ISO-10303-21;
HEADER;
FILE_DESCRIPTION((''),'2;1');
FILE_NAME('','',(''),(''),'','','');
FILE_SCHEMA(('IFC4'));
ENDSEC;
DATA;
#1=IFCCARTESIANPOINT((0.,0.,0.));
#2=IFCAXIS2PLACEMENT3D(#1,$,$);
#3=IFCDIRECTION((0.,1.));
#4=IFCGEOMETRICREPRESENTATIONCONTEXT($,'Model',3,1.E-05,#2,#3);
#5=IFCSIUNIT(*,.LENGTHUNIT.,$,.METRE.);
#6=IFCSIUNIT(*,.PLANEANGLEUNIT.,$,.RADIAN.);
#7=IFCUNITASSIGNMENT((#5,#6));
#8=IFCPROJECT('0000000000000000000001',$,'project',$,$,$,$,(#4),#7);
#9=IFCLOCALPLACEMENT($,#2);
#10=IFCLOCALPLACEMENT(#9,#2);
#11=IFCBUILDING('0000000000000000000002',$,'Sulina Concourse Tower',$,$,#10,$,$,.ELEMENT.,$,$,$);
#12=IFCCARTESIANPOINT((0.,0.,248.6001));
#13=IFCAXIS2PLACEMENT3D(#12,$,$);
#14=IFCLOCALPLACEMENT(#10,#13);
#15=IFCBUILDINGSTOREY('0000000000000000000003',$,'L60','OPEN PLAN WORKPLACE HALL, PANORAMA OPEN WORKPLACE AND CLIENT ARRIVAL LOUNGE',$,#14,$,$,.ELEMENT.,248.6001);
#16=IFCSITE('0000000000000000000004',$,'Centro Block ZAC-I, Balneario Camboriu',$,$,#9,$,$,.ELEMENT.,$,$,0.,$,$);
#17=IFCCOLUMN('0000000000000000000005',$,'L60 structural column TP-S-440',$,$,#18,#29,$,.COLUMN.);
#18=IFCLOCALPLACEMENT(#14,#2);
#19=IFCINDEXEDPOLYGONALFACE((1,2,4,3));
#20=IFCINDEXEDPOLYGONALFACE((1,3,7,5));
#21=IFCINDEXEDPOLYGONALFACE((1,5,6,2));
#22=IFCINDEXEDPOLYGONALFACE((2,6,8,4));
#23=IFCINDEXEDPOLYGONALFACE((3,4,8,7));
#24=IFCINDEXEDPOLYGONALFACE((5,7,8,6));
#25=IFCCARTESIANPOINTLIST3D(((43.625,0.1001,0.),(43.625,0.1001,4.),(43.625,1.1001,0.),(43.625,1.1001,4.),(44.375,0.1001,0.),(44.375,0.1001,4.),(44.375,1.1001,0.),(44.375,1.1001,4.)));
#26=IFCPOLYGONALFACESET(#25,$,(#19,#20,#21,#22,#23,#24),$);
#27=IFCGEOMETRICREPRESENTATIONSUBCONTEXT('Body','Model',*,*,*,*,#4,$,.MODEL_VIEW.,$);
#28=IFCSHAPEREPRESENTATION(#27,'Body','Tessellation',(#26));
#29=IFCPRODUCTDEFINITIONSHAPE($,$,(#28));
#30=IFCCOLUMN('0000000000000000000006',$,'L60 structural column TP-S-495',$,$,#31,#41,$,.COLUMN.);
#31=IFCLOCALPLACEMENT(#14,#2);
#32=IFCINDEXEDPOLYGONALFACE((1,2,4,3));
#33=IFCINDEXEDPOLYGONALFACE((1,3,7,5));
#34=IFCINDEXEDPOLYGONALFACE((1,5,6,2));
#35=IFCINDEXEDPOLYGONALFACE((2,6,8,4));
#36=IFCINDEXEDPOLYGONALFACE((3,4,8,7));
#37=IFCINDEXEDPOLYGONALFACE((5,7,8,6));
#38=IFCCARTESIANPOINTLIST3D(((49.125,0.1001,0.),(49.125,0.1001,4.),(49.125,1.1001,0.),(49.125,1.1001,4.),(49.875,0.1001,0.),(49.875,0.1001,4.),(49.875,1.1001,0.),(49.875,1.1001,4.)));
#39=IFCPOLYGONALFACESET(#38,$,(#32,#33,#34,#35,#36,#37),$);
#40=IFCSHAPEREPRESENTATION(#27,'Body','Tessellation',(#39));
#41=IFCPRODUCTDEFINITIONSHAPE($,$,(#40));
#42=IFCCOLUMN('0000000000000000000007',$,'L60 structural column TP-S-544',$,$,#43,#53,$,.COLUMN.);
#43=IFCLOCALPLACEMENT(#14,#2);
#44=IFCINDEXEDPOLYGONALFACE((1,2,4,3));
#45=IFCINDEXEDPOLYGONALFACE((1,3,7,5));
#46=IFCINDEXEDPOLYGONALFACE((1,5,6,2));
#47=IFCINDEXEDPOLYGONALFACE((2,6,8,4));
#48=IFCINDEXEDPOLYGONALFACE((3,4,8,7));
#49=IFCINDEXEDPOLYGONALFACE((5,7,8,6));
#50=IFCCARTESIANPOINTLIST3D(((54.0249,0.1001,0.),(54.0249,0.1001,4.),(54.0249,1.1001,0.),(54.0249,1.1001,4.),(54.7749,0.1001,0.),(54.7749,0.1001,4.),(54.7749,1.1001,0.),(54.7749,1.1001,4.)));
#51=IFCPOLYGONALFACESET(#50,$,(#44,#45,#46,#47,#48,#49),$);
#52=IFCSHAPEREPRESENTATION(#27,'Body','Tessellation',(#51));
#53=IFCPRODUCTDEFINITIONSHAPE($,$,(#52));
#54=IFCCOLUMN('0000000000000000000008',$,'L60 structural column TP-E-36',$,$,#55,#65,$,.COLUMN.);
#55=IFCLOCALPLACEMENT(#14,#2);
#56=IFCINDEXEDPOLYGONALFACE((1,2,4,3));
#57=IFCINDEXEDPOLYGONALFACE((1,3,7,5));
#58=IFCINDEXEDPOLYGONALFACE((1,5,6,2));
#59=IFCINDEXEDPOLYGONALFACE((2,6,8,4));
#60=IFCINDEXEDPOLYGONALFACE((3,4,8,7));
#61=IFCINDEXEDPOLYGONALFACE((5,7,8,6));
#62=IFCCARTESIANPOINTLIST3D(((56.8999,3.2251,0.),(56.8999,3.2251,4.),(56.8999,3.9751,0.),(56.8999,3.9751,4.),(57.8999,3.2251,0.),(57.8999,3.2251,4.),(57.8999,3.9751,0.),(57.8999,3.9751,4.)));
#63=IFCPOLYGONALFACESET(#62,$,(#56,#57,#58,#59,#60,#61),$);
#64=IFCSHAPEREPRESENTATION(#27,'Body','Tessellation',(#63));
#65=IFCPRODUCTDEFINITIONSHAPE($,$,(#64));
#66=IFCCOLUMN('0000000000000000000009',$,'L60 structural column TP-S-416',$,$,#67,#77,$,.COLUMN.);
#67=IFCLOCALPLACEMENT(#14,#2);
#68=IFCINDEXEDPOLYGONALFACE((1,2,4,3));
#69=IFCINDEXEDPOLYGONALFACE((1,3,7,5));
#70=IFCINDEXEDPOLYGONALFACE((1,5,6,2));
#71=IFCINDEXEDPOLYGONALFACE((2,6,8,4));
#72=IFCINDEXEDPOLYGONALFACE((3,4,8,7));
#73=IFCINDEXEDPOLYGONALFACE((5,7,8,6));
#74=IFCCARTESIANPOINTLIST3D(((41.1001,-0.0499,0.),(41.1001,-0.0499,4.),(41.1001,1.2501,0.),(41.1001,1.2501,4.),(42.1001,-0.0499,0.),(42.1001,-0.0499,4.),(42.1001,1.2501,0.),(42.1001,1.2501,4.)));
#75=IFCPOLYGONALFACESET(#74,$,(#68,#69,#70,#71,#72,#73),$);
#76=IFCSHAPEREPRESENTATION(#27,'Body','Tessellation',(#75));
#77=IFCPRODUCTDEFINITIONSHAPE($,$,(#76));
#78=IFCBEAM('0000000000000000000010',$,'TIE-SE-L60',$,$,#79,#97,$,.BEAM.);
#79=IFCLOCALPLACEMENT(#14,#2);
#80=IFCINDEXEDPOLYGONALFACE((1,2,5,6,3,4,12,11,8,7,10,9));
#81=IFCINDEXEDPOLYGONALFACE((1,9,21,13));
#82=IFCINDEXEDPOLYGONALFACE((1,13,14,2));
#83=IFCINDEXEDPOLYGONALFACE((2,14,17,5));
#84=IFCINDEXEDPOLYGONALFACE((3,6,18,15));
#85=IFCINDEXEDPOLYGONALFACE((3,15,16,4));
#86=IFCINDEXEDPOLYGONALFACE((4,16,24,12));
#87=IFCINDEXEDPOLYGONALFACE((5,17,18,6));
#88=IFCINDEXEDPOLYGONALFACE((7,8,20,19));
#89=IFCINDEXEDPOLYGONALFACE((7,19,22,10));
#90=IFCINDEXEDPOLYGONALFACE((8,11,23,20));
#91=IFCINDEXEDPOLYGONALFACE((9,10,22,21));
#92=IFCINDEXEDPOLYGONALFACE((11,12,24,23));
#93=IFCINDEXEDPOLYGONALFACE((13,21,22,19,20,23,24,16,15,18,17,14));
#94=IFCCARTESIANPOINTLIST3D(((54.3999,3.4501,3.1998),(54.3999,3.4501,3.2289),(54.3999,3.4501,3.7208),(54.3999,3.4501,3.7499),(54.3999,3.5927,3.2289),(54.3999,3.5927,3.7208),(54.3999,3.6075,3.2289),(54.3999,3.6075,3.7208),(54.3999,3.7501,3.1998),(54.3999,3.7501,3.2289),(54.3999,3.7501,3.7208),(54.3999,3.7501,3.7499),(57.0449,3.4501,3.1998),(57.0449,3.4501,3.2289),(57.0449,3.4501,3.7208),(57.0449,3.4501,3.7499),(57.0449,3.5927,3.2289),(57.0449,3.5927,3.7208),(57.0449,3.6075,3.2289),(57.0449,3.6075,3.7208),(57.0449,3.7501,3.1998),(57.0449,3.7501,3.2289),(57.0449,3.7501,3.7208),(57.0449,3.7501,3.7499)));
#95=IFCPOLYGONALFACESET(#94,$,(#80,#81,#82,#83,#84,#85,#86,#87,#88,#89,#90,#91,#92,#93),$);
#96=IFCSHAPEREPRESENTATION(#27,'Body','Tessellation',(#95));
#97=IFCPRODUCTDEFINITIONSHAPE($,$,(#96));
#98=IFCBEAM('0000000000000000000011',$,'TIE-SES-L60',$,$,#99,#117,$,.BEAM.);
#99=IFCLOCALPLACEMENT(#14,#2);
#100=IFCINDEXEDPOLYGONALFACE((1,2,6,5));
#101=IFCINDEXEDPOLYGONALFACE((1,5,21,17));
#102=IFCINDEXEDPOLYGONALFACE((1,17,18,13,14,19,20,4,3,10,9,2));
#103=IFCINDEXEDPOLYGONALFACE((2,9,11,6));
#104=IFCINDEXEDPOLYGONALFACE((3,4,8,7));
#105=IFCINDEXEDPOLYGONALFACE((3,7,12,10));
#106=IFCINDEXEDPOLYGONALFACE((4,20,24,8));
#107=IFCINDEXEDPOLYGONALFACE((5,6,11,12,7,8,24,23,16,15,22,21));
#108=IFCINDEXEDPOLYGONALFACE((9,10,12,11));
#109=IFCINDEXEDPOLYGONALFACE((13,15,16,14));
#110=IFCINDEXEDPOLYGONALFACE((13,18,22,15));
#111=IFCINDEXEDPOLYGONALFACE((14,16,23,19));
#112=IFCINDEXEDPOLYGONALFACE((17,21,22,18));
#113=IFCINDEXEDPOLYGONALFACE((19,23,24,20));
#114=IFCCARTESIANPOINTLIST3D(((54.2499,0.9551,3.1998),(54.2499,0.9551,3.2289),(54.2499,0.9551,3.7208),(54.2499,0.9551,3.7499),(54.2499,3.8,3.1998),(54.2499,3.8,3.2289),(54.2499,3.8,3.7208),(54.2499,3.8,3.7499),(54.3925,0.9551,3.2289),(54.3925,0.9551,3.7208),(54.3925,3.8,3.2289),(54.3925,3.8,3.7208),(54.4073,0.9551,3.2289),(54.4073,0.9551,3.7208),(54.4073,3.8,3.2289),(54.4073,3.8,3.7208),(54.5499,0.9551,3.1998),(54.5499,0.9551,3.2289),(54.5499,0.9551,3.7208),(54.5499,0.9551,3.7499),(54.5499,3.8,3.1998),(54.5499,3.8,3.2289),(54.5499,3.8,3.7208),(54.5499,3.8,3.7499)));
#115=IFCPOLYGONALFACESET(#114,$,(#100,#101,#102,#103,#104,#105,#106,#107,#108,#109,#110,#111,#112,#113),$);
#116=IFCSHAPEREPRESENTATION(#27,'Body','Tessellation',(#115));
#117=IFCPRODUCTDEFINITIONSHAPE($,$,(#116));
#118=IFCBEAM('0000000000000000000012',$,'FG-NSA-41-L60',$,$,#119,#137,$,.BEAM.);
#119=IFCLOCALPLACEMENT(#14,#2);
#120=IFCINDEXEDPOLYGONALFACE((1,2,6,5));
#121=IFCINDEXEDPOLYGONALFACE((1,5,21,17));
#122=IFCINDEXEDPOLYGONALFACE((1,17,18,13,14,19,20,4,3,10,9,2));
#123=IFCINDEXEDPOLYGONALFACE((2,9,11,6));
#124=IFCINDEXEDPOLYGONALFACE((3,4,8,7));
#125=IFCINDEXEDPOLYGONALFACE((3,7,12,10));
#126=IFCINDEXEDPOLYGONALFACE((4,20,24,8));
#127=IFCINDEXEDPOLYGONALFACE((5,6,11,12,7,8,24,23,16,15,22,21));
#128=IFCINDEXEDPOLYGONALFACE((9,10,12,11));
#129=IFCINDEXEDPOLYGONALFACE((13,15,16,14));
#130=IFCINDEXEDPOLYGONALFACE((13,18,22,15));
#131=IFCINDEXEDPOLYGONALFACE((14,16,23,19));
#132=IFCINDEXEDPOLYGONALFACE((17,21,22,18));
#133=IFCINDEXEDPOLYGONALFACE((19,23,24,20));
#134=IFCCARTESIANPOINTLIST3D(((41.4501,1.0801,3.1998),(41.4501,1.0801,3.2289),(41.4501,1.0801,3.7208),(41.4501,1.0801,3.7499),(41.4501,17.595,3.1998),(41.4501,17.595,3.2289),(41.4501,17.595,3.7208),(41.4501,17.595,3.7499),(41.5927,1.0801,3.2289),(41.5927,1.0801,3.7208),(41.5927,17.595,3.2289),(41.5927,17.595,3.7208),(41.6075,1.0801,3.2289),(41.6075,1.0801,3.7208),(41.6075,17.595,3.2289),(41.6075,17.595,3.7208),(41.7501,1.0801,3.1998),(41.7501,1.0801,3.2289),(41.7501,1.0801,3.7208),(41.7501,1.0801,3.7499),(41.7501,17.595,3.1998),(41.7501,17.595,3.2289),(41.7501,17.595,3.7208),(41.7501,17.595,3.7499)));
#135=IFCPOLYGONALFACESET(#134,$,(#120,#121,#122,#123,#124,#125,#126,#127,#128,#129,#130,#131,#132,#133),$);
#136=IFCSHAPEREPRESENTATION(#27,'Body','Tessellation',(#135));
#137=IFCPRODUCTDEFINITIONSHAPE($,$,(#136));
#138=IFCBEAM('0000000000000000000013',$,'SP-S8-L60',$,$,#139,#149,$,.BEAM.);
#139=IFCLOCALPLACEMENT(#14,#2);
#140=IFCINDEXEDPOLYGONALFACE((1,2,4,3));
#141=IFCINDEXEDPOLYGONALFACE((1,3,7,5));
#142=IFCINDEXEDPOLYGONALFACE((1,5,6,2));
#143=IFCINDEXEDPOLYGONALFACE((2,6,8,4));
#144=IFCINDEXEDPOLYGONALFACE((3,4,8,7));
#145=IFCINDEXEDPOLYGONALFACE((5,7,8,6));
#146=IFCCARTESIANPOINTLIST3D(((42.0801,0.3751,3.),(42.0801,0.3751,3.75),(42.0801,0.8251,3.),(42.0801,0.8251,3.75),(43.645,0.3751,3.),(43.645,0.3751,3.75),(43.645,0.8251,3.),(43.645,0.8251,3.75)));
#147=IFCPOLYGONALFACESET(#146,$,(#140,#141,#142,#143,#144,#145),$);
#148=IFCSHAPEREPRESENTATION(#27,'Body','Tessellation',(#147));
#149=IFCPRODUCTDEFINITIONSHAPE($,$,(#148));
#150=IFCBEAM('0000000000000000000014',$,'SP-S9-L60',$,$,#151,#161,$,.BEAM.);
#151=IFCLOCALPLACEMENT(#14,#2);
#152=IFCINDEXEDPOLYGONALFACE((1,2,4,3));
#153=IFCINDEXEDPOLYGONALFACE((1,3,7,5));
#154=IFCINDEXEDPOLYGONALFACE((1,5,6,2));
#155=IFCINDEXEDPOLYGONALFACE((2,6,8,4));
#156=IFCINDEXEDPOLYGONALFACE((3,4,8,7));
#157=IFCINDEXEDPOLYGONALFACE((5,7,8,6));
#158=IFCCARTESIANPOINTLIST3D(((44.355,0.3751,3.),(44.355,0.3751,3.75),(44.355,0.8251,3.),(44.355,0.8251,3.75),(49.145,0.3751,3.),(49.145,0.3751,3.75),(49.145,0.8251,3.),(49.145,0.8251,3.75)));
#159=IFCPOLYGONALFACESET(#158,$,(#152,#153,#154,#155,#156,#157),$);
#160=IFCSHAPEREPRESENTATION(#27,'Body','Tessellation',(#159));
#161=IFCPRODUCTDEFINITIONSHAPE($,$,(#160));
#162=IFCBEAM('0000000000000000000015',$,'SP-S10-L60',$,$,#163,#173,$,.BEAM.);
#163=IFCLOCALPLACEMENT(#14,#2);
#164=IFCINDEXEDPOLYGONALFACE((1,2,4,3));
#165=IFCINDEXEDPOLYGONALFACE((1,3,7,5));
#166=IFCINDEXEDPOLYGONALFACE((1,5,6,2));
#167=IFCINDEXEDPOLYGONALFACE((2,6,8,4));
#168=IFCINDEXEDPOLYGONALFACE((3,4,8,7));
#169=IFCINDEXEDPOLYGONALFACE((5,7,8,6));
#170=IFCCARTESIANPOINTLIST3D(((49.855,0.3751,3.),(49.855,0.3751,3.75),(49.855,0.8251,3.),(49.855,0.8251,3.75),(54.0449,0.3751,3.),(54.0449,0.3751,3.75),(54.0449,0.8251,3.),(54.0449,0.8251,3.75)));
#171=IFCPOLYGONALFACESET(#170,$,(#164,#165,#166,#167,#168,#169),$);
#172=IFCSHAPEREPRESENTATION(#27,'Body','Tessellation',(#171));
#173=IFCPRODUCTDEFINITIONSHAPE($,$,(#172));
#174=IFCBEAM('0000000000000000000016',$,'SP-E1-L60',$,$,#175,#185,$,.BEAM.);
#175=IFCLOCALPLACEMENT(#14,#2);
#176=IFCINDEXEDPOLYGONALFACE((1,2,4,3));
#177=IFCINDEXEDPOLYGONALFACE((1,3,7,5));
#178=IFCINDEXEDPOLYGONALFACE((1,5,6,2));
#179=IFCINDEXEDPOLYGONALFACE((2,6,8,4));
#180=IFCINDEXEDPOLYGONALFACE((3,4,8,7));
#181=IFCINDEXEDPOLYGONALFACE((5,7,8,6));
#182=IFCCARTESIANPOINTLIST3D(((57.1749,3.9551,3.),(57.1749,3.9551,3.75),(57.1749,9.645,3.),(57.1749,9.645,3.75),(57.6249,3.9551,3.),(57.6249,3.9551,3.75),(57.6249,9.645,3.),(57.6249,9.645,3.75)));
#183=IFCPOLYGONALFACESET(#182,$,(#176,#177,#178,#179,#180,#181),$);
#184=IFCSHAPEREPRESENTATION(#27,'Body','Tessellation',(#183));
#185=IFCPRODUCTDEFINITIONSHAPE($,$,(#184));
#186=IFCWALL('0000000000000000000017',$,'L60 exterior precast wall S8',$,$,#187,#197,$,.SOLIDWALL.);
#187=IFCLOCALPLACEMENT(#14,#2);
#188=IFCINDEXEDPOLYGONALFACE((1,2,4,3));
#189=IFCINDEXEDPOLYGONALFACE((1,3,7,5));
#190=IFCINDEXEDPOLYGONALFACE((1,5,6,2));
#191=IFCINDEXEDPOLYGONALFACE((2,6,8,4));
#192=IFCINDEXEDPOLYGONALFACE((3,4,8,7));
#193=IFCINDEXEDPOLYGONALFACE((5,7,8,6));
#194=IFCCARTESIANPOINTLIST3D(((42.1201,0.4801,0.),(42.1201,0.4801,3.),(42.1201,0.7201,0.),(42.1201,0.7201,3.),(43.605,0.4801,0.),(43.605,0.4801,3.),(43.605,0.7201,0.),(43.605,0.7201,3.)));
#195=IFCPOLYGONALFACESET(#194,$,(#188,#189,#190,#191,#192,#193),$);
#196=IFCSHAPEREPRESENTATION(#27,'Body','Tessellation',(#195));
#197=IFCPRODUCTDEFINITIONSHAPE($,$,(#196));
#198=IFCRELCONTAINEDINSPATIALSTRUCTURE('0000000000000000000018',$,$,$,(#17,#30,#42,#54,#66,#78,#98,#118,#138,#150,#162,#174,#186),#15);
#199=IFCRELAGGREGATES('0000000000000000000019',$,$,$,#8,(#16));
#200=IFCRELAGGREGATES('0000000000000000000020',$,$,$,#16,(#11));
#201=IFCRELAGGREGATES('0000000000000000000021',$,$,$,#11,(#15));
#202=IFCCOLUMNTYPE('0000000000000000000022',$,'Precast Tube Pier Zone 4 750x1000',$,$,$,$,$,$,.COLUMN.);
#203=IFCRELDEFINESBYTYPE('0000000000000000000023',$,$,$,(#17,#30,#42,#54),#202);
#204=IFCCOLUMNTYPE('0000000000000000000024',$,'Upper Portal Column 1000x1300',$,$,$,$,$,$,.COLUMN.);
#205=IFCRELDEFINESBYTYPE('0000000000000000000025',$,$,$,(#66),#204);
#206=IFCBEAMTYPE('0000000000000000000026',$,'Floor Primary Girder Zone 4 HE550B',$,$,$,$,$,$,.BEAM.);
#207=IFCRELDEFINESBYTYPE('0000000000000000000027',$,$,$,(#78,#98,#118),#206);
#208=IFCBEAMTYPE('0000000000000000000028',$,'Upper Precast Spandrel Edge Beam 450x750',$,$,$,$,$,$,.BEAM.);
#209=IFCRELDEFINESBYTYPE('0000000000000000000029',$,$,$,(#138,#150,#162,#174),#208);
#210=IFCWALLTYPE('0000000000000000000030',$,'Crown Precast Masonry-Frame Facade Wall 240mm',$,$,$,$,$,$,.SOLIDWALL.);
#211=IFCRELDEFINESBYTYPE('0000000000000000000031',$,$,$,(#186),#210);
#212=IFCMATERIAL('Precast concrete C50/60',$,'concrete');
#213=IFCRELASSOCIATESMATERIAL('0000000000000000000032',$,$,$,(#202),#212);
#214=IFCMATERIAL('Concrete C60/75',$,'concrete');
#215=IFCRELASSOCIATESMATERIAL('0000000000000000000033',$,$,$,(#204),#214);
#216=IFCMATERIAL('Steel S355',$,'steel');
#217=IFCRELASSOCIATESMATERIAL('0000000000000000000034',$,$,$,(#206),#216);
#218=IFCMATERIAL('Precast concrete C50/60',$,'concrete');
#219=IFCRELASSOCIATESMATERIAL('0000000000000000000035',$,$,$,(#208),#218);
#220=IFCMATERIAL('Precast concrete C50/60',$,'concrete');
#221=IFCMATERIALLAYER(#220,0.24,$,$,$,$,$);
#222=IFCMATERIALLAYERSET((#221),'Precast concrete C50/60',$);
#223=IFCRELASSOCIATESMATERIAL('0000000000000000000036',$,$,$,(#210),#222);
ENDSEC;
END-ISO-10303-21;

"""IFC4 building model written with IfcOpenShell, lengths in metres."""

from ifc_helpers import new_model, si_unit, direction, frame, frame_2d, origin, origin_2d, place, context, subcontext, project, spatial, rectangle, i_section, extrude, material, layer, layer_set, material_profile, profile_set, type_object, element, save


model = new_model("IFC4")

# Units and contexts
model_context = context("Model", 3, precision=1e-05, world=origin(), true_north=direction((0.0, 1.0)))
body_context = subcontext(model_context, "Body", "Model", "MODEL_VIEW")
ifc_project = project(units=[si_unit("LENGTHUNIT", "METRE"), si_unit("PLANEANGLEUNIT", "RADIAN")], contexts=[model_context])

# Site, building, storey
site_placement = place(None, origin())
site = spatial("IfcSite", under=ifc_project, at=site_placement, Name="Centro Block ZAC-I, Balneario Camboriu", CompositionType="ELEMENT", RefElevation=0.0)
building_placement = place(site_placement, origin())
building = spatial("IfcBuilding", under=site, at=building_placement, Name="Sulina Concourse Tower", CompositionType="ELEMENT")
storey_placement = place(building_placement, frame((0.0, 0.0, 248.6001)))
storey = spatial("IfcBuildingStorey", under=building, at=storey_placement, Name="L60", Description="OPEN PLAN WORKPLACE HALL, PANORAMA OPEN WORKPLACE AND CLIENT ARRIVAL LOUNGE", CompositionType="ELEMENT", Elevation=248.6001)

# Columns
ifc_material_1 = material(Name="Precast concrete C50/60", Category="concrete")
ifc_material_profile_1 = material_profile(ifc_material_1, rectangle(XDim=0.75, YDim=1.0, at=origin_2d()), Name="PC 750x1000")
ifc_profile_set_1 = profile_set([ifc_material_profile_1], Name="Precast concrete C50/60")
column_type_1 = type_object("IfcColumnType", Name="Precast Tube Pier Zone 4 750x1000", PredefinedType="COLUMN", material=ifc_profile_set_1)
for number, where, z_axis, x_axis, name in (
    (1, (44.0, 0.6001, 0.0), (0.0, 0.0, 1.0), (1.0, 0.0, 0.0), "L60 structural column TP-S-440"),
    (2, (49.5, 0.6001, 0.0), (0.0, 0.0, 1.0), (1.0, 0.0, 0.0), "L60 structural column TP-S-495"),
    (3, (54.3999, 0.6001, 0.0), (0.0, 0.0, 1.0), (1.0, 0.0, 0.0), "L60 structural column TP-S-544"),
    (4, (57.3999, 3.6001, 0.0), (0.0, 0.0, 1.0), (0.0, 1.0, 0.0), "L60 structural column TP-E-36"),
):
    element("IfcColumn", number, at=place(storey_placement, frame(where, z_axis=z_axis, x_axis=x_axis)), inside=storey, type_object=column_type_1, Name=name, PredefinedType="COLUMN", context=body_context, shape_type="SweptSolid", body=[
        extrude(rectangle(XDim=0.75, YDim=1.0, at=origin_2d()), origin(), (0.0, 0.0, 1.0), 4.0),
    ])
ifc_material_2 = material(Name="Concrete C60/75", Category="concrete")
ifc_material_profile_2 = material_profile(ifc_material_2, rectangle(XDim=1.0, YDim=1.3, at=origin_2d()), Name="RC 1000x1300")
ifc_profile_set_2 = profile_set([ifc_material_profile_2], Name="Concrete C60/75")
column_type_2 = type_object("IfcColumnType", Name="Upper Portal Column 1000x1300", PredefinedType="COLUMN", material=ifc_profile_set_2)
column_placement = place(storey_placement, frame((41.6001, 0.6001, 0.0), z_axis=(0.0, 0.0, 1.0), x_axis=(1.0, 0.0, 0.0)))
element("IfcColumn", 5, at=column_placement, inside=storey, type_object=column_type_2, Name="L60 structural column TP-S-416", PredefinedType="COLUMN", context=body_context, shape_type="SweptSolid", body=[
    extrude(rectangle(XDim=1.0, YDim=1.3, at=origin_2d()), origin(), (0.0, 0.0, 1.0), 4.0),
])

# Beams
ifc_material_3 = material(Name="Steel S355", Category="steel")
ifc_material_profile_3 = material_profile(ifc_material_3, i_section(OverallWidth=0.3, OverallDepth=0.55, WebThickness=0.0149, FlangeThickness=0.0291, at=origin_2d()), Name="HE 550 B")
ifc_profile_set_3 = profile_set([ifc_material_profile_3], Name="Steel S355")
beam_type_1 = type_object("IfcBeamType", Name="Floor Primary Girder Zone 4 HE550B", PredefinedType="BEAM", material=ifc_profile_set_3)
beam_1_placement = place(storey_placement, frame((54.3999, 3.6001, 3.4749), z_axis=(1.0, 0.0, 0.0), x_axis=(0.0, 1.0, 0.0)))
element("IfcBeam", 6, at=beam_1_placement, inside=storey, type_object=beam_type_1, Name="TIE-SE-L60", PredefinedType="BEAM", context=body_context, shape_type="SweptSolid", body=[
    extrude(i_section(OverallWidth=0.3, OverallDepth=0.55, WebThickness=0.0149, FlangeThickness=0.0291, at=origin_2d()), origin(), (0.0, 0.0, 1.0), 2.645),
])
beam_2_placement = place(storey_placement, frame((54.3999, 0.9551, 3.4749), z_axis=(0.0, 1.0, 0.0), x_axis=(-1.0, 0.0, 0.0)))
element("IfcBeam", 7, at=beam_2_placement, inside=storey, type_object=beam_type_1, Name="TIE-SES-L60", PredefinedType="BEAM", context=body_context, shape_type="SweptSolid", body=[
    extrude(i_section(OverallWidth=0.3, OverallDepth=0.55, WebThickness=0.0149, FlangeThickness=0.0291, at=origin_2d()), origin(), (0.0, 0.0, 1.0), 2.845),
])
beam_3_placement = place(storey_placement, frame((41.6001, 1.0801, 3.4749), z_axis=(0.0, 1.0, 0.0), x_axis=(-1.0, 0.0, 0.0)))
element("IfcBeam", 8, at=beam_3_placement, inside=storey, type_object=beam_type_1, Name="FG-NSA-41-L60", PredefinedType="BEAM", context=body_context, shape_type="SweptSolid", body=[
    extrude(i_section(OverallWidth=0.3, OverallDepth=0.55, WebThickness=0.0149, FlangeThickness=0.0291, at=origin_2d()), origin(), (0.0, 0.0, 1.0), 16.5149),
])
ifc_material_4 = material(Name="Precast concrete C50/60", Category="concrete")
ifc_material_profile_4 = material_profile(ifc_material_4, rectangle(XDim=0.45, YDim=0.75, at=origin_2d()), Name="RC 450x750")
ifc_profile_set_4 = profile_set([ifc_material_profile_4], Name="Precast concrete C50/60")
beam_type_2 = type_object("IfcBeamType", Name="Upper Precast Spandrel Edge Beam 450x750", PredefinedType="BEAM", material=ifc_profile_set_4)
beam_4_placement = place(storey_placement, frame((42.0801, 0.6001, 3.375), z_axis=(1.0, 0.0, 0.0), x_axis=(0.0, 1.0, 0.0)))
element("IfcBeam", 9, at=beam_4_placement, inside=storey, type_object=beam_type_2, Name="SP-S8-L60", PredefinedType="BEAM", context=body_context, shape_type="SweptSolid", body=[
    extrude(rectangle(XDim=0.45, YDim=0.75, at=origin_2d()), origin(), (0.0, 0.0, 1.0), 1.5649),
])
beam_5_placement = place(storey_placement, frame((44.355, 0.6001, 3.375), z_axis=(1.0, 0.0, 0.0), x_axis=(0.0, 1.0, 0.0)))
element("IfcBeam", 10, at=beam_5_placement, inside=storey, type_object=beam_type_2, Name="SP-S9-L60", PredefinedType="BEAM", context=body_context, shape_type="SweptSolid", body=[
    extrude(rectangle(XDim=0.45, YDim=0.75, at=origin_2d()), origin(), (0.0, 0.0, 1.0), 4.79),
])
beam_6_placement = place(storey_placement, frame((49.855, 0.6001, 3.375), z_axis=(1.0, 0.0, 0.0), x_axis=(0.0, 1.0, 0.0)))
element("IfcBeam", 11, at=beam_6_placement, inside=storey, type_object=beam_type_2, Name="SP-S10-L60", PredefinedType="BEAM", context=body_context, shape_type="SweptSolid", body=[
    extrude(rectangle(XDim=0.45, YDim=0.75, at=origin_2d()), origin(), (0.0, 0.0, 1.0), 4.1899),
])
beam_7_placement = place(storey_placement, frame((57.3999, 3.9551, 3.375), z_axis=(0.0, 1.0, 0.0), x_axis=(-1.0, 0.0, 0.0)))
element("IfcBeam", 12, at=beam_7_placement, inside=storey, type_object=beam_type_2, Name="SP-E1-L60", PredefinedType="BEAM", context=body_context, shape_type="SweptSolid", body=[
    extrude(rectangle(XDim=0.45, YDim=0.75, at=origin_2d()), origin(), (0.0, 0.0, 1.0), 5.6899),
])

# Wall
ifc_material_5 = material(Name="Precast concrete C50/60", Category="concrete")
ifc_layer_1 = layer(ifc_material_5, 0.24)
ifc_layer_set_1 = layer_set([ifc_layer_1], Name="Precast concrete C50/60")
wall_type_1 = type_object("IfcWallType", Name="Crown Precast Masonry-Frame Facade Wall 240mm", PredefinedType="SOLIDWALL", material=ifc_layer_set_1)
wall_1_placement = place(storey_placement, frame((43.605, 0.6001, 0.0), z_axis=(0.0, 0.0, 1.0), x_axis=(-1.0, 0.0, 0.0)))
element("IfcWall", 13, at=wall_1_placement, inside=storey, type_object=wall_type_1, Name="L60 exterior precast wall S8", PredefinedType="SOLIDWALL", context=body_context, shape_type="SweptSolid", body=[
    extrude(rectangle(XDim=1.4849, YDim=0.24, at=frame_2d((0.7424, 0.0))), origin(), (0.0, 0.0, 1.0), 3.0),
])

save(model, "model.ifc")
